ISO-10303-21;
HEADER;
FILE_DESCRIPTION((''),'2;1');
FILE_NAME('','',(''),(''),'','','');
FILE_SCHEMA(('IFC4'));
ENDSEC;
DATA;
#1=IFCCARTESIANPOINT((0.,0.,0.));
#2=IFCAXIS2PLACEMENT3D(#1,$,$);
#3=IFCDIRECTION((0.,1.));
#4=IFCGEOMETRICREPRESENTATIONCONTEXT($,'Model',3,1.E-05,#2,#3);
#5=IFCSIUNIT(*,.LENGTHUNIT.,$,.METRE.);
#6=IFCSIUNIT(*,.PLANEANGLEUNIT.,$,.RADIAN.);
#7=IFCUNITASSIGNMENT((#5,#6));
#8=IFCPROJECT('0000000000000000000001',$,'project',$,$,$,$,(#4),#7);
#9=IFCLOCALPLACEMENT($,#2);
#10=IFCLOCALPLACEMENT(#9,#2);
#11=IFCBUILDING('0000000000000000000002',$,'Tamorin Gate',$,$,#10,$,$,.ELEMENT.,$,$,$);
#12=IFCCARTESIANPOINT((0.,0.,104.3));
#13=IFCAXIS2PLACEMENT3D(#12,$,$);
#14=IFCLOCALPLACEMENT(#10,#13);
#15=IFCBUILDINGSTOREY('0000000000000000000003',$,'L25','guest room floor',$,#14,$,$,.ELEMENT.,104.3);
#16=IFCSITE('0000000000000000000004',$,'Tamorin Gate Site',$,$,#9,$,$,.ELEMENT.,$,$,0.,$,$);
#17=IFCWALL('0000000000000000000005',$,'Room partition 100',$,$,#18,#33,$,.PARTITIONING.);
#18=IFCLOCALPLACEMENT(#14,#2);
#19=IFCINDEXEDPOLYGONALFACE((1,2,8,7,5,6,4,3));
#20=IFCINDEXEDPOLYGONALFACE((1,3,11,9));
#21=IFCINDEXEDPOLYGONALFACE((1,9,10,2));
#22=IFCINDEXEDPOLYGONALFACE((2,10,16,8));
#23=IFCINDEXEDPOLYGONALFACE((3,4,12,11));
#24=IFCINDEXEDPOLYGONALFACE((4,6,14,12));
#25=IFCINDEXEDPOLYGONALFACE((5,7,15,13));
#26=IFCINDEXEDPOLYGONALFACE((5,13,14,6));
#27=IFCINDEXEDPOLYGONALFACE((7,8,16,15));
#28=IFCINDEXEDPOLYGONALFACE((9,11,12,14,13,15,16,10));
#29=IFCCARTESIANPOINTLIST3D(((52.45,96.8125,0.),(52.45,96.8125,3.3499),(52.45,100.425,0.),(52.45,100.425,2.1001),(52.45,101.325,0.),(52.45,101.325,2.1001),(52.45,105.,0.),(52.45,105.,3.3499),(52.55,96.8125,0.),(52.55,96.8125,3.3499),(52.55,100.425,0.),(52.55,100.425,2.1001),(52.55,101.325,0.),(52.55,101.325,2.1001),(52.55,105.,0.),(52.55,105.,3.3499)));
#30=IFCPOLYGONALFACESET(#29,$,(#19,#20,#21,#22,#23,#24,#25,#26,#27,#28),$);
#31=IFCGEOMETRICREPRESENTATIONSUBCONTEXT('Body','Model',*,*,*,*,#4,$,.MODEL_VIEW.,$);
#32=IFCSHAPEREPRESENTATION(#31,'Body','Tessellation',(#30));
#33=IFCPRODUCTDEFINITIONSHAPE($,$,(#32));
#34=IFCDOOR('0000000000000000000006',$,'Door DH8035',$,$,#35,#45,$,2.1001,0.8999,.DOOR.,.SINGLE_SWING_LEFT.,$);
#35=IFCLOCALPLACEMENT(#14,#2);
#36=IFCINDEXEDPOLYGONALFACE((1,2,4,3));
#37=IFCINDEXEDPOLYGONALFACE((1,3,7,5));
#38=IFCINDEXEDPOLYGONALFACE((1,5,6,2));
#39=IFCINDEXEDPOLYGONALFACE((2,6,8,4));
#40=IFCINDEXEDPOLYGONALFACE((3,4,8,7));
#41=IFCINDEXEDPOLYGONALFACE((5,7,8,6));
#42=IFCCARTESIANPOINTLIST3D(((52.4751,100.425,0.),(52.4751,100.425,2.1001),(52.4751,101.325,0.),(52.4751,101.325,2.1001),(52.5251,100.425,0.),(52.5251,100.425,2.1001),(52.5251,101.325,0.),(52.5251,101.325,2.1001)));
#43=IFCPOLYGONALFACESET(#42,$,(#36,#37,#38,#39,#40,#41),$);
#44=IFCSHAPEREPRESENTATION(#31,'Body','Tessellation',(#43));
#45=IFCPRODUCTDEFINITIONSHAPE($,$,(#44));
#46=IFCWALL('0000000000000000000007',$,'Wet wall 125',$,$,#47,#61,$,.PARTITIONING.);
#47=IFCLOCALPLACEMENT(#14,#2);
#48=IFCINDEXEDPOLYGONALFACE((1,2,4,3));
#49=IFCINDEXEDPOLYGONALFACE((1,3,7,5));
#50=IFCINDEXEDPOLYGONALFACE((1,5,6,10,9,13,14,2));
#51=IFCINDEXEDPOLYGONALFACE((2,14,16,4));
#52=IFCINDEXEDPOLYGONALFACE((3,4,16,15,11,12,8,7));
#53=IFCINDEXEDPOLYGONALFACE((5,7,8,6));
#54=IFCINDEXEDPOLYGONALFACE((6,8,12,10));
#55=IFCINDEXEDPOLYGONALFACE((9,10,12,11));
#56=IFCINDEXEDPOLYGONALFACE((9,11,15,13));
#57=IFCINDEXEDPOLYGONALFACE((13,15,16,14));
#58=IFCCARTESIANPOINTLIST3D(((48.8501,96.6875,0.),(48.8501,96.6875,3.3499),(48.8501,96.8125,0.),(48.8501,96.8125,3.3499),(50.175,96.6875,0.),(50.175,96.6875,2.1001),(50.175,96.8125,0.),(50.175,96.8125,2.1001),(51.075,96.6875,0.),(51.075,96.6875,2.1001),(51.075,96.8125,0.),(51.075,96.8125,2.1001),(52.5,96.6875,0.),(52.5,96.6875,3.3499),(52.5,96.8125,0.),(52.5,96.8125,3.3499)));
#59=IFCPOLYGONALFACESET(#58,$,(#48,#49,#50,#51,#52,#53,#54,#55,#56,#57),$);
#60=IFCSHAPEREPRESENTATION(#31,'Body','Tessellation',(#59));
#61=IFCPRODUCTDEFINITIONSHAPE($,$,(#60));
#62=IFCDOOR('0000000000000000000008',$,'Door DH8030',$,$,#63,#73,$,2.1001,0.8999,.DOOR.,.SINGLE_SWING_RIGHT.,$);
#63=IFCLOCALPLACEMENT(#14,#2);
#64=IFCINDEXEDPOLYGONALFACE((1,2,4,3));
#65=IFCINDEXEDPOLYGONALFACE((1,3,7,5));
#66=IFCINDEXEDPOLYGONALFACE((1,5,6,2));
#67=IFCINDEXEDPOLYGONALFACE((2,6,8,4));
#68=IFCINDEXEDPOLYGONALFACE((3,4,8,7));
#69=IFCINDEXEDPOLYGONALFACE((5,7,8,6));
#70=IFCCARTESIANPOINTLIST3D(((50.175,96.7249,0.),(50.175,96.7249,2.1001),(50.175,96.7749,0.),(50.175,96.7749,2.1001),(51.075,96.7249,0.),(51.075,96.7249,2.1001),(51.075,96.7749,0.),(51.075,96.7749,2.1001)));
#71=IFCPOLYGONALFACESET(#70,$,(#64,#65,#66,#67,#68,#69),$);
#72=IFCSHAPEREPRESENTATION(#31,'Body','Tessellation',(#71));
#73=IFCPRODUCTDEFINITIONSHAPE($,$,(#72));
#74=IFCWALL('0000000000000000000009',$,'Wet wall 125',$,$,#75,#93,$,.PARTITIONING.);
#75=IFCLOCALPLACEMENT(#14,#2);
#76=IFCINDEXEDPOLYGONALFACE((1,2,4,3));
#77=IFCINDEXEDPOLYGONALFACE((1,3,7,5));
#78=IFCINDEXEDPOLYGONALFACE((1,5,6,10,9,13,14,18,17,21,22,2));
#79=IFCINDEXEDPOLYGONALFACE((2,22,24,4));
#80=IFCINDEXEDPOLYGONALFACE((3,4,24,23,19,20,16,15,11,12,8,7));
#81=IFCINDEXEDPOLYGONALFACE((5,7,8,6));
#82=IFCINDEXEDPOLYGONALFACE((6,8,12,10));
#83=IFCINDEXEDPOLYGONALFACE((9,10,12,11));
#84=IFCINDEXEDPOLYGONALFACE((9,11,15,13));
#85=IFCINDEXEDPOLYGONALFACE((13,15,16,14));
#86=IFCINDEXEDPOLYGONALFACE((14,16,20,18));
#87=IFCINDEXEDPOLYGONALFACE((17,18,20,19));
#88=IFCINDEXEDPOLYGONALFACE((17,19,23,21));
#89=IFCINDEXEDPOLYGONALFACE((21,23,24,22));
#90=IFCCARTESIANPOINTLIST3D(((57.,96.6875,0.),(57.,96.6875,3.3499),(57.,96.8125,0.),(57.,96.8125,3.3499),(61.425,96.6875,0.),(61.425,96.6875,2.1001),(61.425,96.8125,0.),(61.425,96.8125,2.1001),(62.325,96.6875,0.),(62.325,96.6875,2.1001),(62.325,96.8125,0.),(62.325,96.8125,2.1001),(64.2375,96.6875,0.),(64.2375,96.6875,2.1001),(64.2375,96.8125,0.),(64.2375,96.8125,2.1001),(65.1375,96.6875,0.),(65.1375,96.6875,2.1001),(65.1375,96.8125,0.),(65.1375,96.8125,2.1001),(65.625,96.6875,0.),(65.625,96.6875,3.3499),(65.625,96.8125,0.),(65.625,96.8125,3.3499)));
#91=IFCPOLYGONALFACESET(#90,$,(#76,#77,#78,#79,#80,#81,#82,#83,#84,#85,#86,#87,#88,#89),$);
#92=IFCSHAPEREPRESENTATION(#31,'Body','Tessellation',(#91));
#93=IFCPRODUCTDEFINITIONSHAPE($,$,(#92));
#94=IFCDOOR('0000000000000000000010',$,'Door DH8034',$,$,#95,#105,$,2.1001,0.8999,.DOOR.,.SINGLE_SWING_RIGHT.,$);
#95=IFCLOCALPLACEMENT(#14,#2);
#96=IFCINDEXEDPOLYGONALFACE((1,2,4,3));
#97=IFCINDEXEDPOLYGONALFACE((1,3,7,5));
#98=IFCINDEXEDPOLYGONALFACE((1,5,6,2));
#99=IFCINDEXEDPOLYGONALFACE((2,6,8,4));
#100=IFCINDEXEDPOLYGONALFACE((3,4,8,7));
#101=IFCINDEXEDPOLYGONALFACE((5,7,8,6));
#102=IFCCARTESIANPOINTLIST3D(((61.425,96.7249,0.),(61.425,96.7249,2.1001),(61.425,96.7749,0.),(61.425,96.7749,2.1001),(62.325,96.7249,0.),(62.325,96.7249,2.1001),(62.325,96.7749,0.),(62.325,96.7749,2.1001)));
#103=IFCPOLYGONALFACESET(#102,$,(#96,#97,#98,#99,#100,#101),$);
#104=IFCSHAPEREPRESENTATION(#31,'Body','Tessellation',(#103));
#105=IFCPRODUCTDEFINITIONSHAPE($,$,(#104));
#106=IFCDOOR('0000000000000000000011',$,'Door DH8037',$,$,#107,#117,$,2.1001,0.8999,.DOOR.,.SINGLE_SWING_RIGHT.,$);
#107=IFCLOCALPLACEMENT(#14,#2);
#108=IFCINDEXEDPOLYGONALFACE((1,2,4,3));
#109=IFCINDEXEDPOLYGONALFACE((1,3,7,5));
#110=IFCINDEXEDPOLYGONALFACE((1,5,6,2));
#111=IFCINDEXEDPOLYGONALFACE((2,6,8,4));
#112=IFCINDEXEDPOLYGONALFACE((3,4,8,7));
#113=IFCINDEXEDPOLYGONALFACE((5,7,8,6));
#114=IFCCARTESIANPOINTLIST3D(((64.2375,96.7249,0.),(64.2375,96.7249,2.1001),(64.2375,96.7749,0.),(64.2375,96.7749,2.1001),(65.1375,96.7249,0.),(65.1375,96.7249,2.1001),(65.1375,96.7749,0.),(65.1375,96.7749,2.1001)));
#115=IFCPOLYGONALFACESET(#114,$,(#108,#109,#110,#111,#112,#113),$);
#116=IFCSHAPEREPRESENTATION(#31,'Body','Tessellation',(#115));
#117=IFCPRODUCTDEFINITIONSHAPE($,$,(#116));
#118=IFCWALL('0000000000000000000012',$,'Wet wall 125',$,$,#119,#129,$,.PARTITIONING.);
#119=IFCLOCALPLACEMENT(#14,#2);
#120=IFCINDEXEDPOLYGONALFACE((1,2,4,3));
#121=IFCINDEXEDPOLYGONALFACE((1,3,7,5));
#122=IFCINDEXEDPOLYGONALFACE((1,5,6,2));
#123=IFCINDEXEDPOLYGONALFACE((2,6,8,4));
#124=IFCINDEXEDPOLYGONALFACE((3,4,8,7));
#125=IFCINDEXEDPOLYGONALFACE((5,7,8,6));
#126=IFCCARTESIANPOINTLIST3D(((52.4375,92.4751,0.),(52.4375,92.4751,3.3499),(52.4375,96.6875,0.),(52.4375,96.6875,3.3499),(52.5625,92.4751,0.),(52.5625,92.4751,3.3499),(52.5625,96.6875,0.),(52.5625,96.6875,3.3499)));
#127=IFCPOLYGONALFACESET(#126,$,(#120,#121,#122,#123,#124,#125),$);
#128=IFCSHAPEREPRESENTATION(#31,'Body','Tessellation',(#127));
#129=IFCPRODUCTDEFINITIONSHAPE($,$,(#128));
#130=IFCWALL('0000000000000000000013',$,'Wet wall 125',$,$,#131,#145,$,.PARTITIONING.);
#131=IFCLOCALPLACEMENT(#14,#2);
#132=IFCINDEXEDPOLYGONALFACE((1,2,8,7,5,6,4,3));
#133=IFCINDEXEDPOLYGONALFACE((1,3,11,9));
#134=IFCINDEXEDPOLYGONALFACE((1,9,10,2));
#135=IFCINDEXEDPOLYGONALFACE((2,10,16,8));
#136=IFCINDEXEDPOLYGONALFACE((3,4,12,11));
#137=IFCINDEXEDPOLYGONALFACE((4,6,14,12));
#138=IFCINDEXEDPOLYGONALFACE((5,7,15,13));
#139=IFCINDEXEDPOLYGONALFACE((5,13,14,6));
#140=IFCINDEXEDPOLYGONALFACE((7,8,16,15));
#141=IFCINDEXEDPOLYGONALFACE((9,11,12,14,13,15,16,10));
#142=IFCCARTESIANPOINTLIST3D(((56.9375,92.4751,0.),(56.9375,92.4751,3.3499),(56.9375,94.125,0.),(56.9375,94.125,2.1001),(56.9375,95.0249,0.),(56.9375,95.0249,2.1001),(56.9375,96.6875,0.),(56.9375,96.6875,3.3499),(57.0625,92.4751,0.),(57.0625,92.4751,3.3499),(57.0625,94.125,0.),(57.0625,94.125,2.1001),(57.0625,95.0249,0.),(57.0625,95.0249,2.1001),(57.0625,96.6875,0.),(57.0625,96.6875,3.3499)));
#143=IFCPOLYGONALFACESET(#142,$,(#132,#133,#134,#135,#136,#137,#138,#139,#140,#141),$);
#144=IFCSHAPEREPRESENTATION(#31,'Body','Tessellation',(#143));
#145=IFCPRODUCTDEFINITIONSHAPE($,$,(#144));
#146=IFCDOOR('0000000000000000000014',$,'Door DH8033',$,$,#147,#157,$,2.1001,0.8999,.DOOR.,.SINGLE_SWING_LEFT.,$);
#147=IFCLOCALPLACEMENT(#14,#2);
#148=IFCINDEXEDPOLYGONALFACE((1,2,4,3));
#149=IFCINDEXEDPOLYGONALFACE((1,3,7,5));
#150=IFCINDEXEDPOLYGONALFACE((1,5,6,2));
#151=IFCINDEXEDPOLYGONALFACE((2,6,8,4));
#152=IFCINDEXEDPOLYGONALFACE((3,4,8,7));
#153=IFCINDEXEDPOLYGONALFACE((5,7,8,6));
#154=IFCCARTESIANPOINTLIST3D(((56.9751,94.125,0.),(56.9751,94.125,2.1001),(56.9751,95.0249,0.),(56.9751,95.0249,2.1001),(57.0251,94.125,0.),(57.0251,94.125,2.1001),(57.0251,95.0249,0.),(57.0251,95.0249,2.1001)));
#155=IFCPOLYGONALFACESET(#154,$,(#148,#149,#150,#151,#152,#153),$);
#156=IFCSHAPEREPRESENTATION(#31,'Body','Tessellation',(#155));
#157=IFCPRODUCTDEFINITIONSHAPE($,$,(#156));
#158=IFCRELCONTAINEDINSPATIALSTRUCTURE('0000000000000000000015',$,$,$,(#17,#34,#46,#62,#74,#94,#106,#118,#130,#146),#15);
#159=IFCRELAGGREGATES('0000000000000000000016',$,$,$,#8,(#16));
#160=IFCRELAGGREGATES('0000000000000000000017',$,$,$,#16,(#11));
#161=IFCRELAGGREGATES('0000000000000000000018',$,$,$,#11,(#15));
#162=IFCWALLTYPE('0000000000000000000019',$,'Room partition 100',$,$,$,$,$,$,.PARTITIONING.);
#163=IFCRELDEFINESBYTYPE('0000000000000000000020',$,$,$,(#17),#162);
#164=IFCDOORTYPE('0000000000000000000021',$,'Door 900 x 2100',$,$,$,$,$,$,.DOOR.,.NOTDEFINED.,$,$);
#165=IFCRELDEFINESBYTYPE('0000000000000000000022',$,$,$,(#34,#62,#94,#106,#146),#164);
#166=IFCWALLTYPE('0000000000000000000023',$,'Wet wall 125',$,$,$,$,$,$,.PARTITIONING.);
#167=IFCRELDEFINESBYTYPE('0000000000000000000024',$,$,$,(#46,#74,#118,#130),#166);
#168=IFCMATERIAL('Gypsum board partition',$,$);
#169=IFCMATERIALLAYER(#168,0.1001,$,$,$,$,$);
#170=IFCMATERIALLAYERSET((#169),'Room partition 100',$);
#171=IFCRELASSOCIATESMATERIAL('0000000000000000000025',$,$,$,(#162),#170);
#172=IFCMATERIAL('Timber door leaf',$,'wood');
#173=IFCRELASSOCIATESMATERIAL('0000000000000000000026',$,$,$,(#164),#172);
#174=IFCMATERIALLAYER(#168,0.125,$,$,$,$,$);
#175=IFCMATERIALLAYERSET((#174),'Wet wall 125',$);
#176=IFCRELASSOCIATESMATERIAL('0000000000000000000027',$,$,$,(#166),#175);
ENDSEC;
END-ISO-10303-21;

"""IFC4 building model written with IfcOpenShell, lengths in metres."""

from ifc_helpers import new_model, si_unit, direction, frame, frame_2d, origin, place, context, subcontext, project, spatial, rectangle, extrude, material, layer, layer_set, type_object, element, fill, save


model = new_model("IFC4")

# Units and contexts
model_context = context("Model", 3, precision=1e-05, world=origin(), true_north=direction((0.0, 1.0)))
body_context = subcontext(model_context, "Body", "Model", "MODEL_VIEW")
ifc_project = project(units=[si_unit("LENGTHUNIT", "METRE"), si_unit("PLANEANGLEUNIT", "RADIAN")], contexts=[model_context])

# Site, building, storey
site_placement = place(None, origin())
site = spatial("IfcSite", under=ifc_project, at=site_placement, Name="Tamorin Gate Site", CompositionType="ELEMENT", RefElevation=0.0)
building_placement = place(site_placement, origin())
building = spatial("IfcBuilding", under=site, at=building_placement, Name="Tamorin Gate", CompositionType="ELEMENT")
storey_placement = place(building_placement, frame((0.0, 0.0, 104.3)))
storey = spatial("IfcBuildingStorey", under=building, at=storey_placement, Name="L25", Description="guest room floor", CompositionType="ELEMENT", Elevation=104.3)

# Shared definitions
ifc_material_1 = material(Name="Gypsum board partition")

# Walls, openings, doors
ifc_layer_1 = layer(ifc_material_1, 0.1001)
ifc_layer_set_1 = layer_set([ifc_layer_1], Name="Room partition 100")
wall_type_1 = type_object("IfcWallType", Name="Room partition 100", PredefinedType="PARTITIONING", material=ifc_layer_set_1)
ifc_material_2 = material(Name="Timber door leaf", Category="wood")
door_type = type_object("IfcDoorType", Name="Door 900 x 2100", OperationType="NOTDEFINED", PredefinedType="DOOR", material=ifc_material_2)
wall_1_placement = place(storey_placement, frame((52.5, 96.8125, 0.0), z_axis=(0.0, 0.0, 1.0), x_axis=(0.0, 1.0, 0.0)))
wall_1 = element("IfcWall", 1, at=wall_1_placement, inside=storey, type_object=wall_type_1, Name="Room partition 100", PredefinedType="PARTITIONING", context=body_context, shape_type="SweptSolid", body=[
    extrude(rectangle(XDim=8.1875, YDim=0.1001, at=frame_2d((4.0938, 0.0))), origin(), (0.0, 0.0, 1.0), 3.3499),
])
opening_1_placement = place(wall_1_placement, frame((3.6125, 0.0, 0.0)))
opening_1 = element("IfcOpeningElement", 2, at=opening_1_placement, cuts=wall_1, PredefinedType="OPENING", context=body_context, shape_type="SweptSolid", body=[
    extrude(rectangle(XDim=0.8999, YDim=2.1001, at=frame_2d((0.45, 1.05))), frame((0.0, 0.0601, 0.0), z_axis=(0.0, -1.0, 0.0), x_axis=(1.0, 0.0, 0.0)), (0.0, 0.0, 1.0), 0.1201),
])
door_1_placement = place(opening_1_placement, origin())
door_1 = element("IfcDoor", 3, at=door_1_placement, inside=storey, type_object=door_type, Name="Door DH8035", OperationType="SINGLE_SWING_LEFT", OverallHeight=2.1001, OverallWidth=0.8999, PredefinedType="DOOR", context=body_context, shape_type="SweptSolid", body=[
    extrude(rectangle(XDim=0.8999, YDim=2.1001, at=frame_2d((0.45, 1.05))), frame((0.0, 0.0249, 0.0), z_axis=(0.0, -1.0, 0.0), x_axis=(1.0, 0.0, 0.0)), (0.0, 0.0, 1.0), 0.05),
])
fill(opening_1, door_1)
ifc_layer_2 = layer(ifc_material_1, 0.125)
ifc_layer_set_2 = layer_set([ifc_layer_2], Name="Wet wall 125")
wall_type_2 = type_object("IfcWallType", Name="Wet wall 125", PredefinedType="PARTITIONING", material=ifc_layer_set_2)
wall_2_placement = place(storey_placement, frame((48.8501, 96.75, 0.0), z_axis=(0.0, 0.0, 1.0), x_axis=(1.0, 0.0, 0.0)))
wall_2 = element("IfcWall", 4, at=wall_2_placement, inside=storey, type_object=wall_type_2, Name="Wet wall 125", PredefinedType="PARTITIONING", context=body_context, shape_type="SweptSolid", body=[
    extrude(rectangle(XDim=3.6499, YDim=0.125, at=frame_2d((1.825, 0.0))), origin(), (0.0, 0.0, 1.0), 3.3499),
])
opening_2_placement = place(wall_2_placement, frame((1.325, 0.0, 0.0)))
opening_2 = element("IfcOpeningElement", 5, at=opening_2_placement, cuts=wall_2, PredefinedType="OPENING", context=body_context, shape_type="SweptSolid", body=[
    extrude(rectangle(XDim=0.8999, YDim=2.1001, at=frame_2d((0.45, 1.05))), frame((0.0, 0.0725, 0.0), z_axis=(0.0, -1.0, 0.0), x_axis=(1.0, 0.0, 0.0)), (0.0, 0.0, 1.0), 0.145),
])
door_2_placement = place(opening_2_placement, origin())
door_2 = element("IfcDoor", 6, at=door_2_placement, inside=storey, type_object=door_type, Name="Door DH8030", OperationType="SINGLE_SWING_RIGHT", OverallHeight=2.1001, OverallWidth=0.8999, PredefinedType="DOOR", context=body_context, shape_type="SweptSolid", body=[
    extrude(rectangle(XDim=0.8999, YDim=2.1001, at=frame_2d((0.45, 1.05))), frame((0.0, 0.0249, 0.0), z_axis=(0.0, -1.0, 0.0), x_axis=(1.0, 0.0, 0.0)), (0.0, 0.0, 1.0), 0.05),
])
fill(opening_2, door_2)

# Wall, openings, doors
wall_3_placement = place(storey_placement, frame((57.0, 96.75, 0.0), z_axis=(0.0, 0.0, 1.0), x_axis=(1.0, 0.0, 0.0)))
wall_3 = element("IfcWall", 7, at=wall_3_placement, inside=storey, type_object=wall_type_2, Name="Wet wall 125", PredefinedType="PARTITIONING", context=body_context, shape_type="SweptSolid", body=[
    extrude(rectangle(XDim=8.625, YDim=0.125, at=frame_2d((4.3125, 0.0))), origin(), (0.0, 0.0, 1.0), 3.3499),
])
opening_3_placement = place(wall_3_placement, frame((4.425, 0.0, 0.0)))
opening_3 = element("IfcOpeningElement", 8, at=opening_3_placement, cuts=wall_3, PredefinedType="OPENING", context=body_context, shape_type="SweptSolid", body=[
    extrude(rectangle(XDim=0.8999, YDim=2.1001, at=frame_2d((0.45, 1.05))), frame((0.0, 0.0725, 0.0), z_axis=(0.0, -1.0, 0.0), x_axis=(1.0, 0.0, 0.0)), (0.0, 0.0, 1.0), 0.145),
])
opening_4_placement = place(wall_3_placement, frame((7.2375, 0.0, 0.0)))
opening_4 = element("IfcOpeningElement", 9, at=opening_4_placement, cuts=wall_3, PredefinedType="OPENING", context=body_context, shape_type="SweptSolid", body=[
    extrude(rectangle(XDim=0.8999, YDim=2.1001, at=frame_2d((0.45, 1.05))), frame((0.0, 0.0725, 0.0), z_axis=(0.0, -1.0, 0.0), x_axis=(1.0, 0.0, 0.0)), (0.0, 0.0, 1.0), 0.145),
])
door_3_placement = place(opening_3_placement, origin())
door_3 = element("IfcDoor", 10, at=door_3_placement, inside=storey, type_object=door_type, Name="Door DH8034", OperationType="SINGLE_SWING_RIGHT", OverallHeight=2.1001, OverallWidth=0.8999, PredefinedType="DOOR", context=body_context, shape_type="SweptSolid", body=[
    extrude(rectangle(XDim=0.8999, YDim=2.1001, at=frame_2d((0.45, 1.05))), frame((0.0, 0.0249, 0.0), z_axis=(0.0, -1.0, 0.0), x_axis=(1.0, 0.0, 0.0)), (0.0, 0.0, 1.0), 0.05),
])
fill(opening_3, door_3)
door_4_placement = place(opening_4_placement, origin())
door_4 = element("IfcDoor", 11, at=door_4_placement, inside=storey, type_object=door_type, Name="Door DH8037", OperationType="SINGLE_SWING_RIGHT", OverallHeight=2.1001, OverallWidth=0.8999, PredefinedType="DOOR", context=body_context, shape_type="SweptSolid", body=[
    extrude(rectangle(XDim=0.8999, YDim=2.1001, at=frame_2d((0.45, 1.05))), frame((0.0, 0.0249, 0.0), z_axis=(0.0, -1.0, 0.0), x_axis=(1.0, 0.0, 0.0)), (0.0, 0.0, 1.0), 0.05),
])
fill(opening_4, door_4)

# Wall
wall_4_placement = place(storey_placement, frame((52.5, 92.4751, 0.0), z_axis=(0.0, 0.0, 1.0), x_axis=(0.0, 1.0, 0.0)))
element("IfcWall", 12, at=wall_4_placement, inside=storey, type_object=wall_type_2, Name="Wet wall 125", PredefinedType="PARTITIONING", context=body_context, shape_type="SweptSolid", body=[
    extrude(rectangle(XDim=4.2124, YDim=0.125, at=frame_2d((2.1062, 0.0))), origin(), (0.0, 0.0, 1.0), 3.3499),
])

# Wall, opening, door
wall_5_placement = place(storey_placement, frame((57.0, 92.4751, 0.0), z_axis=(0.0, 0.0, 1.0), x_axis=(0.0, 1.0, 0.0)))
wall_5 = element("IfcWall", 13, at=wall_5_placement, inside=storey, type_object=wall_type_2, Name="Wet wall 125", PredefinedType="PARTITIONING", context=body_context, shape_type="SweptSolid", body=[
    extrude(rectangle(XDim=4.2124, YDim=0.125, at=frame_2d((2.1062, 0.0))), origin(), (0.0, 0.0, 1.0), 3.3499),
])
opening_5_placement = place(wall_5_placement, frame((1.6499, 0.0, 0.0)))
opening_5 = element("IfcOpeningElement", 14, at=opening_5_placement, cuts=wall_5, PredefinedType="OPENING", context=body_context, shape_type="SweptSolid", body=[
    extrude(rectangle(XDim=0.8999, YDim=2.1001, at=frame_2d((0.45, 1.05))), frame((0.0, 0.0725, 0.0), z_axis=(0.0, -1.0, 0.0), x_axis=(1.0, 0.0, 0.0)), (0.0, 0.0, 1.0), 0.145),
])
door_5_placement = place(opening_5_placement, origin())
door_5 = element("IfcDoor", 15, at=door_5_placement, inside=storey, type_object=door_type, Name="Door DH8033", OperationType="SINGLE_SWING_LEFT", OverallHeight=2.1001, OverallWidth=0.8999, PredefinedType="DOOR", context=body_context, shape_type="SweptSolid", body=[
    extrude(rectangle(XDim=0.8999, YDim=2.1001, at=frame_2d((0.45, 1.05))), frame((0.0, 0.0249, 0.0), z_axis=(0.0, -1.0, 0.0), x_axis=(1.0, 0.0, 0.0)), (0.0, 0.0, 1.0), 0.05),
])
fill(opening_5, door_5)

save(model, "model.ifc")
